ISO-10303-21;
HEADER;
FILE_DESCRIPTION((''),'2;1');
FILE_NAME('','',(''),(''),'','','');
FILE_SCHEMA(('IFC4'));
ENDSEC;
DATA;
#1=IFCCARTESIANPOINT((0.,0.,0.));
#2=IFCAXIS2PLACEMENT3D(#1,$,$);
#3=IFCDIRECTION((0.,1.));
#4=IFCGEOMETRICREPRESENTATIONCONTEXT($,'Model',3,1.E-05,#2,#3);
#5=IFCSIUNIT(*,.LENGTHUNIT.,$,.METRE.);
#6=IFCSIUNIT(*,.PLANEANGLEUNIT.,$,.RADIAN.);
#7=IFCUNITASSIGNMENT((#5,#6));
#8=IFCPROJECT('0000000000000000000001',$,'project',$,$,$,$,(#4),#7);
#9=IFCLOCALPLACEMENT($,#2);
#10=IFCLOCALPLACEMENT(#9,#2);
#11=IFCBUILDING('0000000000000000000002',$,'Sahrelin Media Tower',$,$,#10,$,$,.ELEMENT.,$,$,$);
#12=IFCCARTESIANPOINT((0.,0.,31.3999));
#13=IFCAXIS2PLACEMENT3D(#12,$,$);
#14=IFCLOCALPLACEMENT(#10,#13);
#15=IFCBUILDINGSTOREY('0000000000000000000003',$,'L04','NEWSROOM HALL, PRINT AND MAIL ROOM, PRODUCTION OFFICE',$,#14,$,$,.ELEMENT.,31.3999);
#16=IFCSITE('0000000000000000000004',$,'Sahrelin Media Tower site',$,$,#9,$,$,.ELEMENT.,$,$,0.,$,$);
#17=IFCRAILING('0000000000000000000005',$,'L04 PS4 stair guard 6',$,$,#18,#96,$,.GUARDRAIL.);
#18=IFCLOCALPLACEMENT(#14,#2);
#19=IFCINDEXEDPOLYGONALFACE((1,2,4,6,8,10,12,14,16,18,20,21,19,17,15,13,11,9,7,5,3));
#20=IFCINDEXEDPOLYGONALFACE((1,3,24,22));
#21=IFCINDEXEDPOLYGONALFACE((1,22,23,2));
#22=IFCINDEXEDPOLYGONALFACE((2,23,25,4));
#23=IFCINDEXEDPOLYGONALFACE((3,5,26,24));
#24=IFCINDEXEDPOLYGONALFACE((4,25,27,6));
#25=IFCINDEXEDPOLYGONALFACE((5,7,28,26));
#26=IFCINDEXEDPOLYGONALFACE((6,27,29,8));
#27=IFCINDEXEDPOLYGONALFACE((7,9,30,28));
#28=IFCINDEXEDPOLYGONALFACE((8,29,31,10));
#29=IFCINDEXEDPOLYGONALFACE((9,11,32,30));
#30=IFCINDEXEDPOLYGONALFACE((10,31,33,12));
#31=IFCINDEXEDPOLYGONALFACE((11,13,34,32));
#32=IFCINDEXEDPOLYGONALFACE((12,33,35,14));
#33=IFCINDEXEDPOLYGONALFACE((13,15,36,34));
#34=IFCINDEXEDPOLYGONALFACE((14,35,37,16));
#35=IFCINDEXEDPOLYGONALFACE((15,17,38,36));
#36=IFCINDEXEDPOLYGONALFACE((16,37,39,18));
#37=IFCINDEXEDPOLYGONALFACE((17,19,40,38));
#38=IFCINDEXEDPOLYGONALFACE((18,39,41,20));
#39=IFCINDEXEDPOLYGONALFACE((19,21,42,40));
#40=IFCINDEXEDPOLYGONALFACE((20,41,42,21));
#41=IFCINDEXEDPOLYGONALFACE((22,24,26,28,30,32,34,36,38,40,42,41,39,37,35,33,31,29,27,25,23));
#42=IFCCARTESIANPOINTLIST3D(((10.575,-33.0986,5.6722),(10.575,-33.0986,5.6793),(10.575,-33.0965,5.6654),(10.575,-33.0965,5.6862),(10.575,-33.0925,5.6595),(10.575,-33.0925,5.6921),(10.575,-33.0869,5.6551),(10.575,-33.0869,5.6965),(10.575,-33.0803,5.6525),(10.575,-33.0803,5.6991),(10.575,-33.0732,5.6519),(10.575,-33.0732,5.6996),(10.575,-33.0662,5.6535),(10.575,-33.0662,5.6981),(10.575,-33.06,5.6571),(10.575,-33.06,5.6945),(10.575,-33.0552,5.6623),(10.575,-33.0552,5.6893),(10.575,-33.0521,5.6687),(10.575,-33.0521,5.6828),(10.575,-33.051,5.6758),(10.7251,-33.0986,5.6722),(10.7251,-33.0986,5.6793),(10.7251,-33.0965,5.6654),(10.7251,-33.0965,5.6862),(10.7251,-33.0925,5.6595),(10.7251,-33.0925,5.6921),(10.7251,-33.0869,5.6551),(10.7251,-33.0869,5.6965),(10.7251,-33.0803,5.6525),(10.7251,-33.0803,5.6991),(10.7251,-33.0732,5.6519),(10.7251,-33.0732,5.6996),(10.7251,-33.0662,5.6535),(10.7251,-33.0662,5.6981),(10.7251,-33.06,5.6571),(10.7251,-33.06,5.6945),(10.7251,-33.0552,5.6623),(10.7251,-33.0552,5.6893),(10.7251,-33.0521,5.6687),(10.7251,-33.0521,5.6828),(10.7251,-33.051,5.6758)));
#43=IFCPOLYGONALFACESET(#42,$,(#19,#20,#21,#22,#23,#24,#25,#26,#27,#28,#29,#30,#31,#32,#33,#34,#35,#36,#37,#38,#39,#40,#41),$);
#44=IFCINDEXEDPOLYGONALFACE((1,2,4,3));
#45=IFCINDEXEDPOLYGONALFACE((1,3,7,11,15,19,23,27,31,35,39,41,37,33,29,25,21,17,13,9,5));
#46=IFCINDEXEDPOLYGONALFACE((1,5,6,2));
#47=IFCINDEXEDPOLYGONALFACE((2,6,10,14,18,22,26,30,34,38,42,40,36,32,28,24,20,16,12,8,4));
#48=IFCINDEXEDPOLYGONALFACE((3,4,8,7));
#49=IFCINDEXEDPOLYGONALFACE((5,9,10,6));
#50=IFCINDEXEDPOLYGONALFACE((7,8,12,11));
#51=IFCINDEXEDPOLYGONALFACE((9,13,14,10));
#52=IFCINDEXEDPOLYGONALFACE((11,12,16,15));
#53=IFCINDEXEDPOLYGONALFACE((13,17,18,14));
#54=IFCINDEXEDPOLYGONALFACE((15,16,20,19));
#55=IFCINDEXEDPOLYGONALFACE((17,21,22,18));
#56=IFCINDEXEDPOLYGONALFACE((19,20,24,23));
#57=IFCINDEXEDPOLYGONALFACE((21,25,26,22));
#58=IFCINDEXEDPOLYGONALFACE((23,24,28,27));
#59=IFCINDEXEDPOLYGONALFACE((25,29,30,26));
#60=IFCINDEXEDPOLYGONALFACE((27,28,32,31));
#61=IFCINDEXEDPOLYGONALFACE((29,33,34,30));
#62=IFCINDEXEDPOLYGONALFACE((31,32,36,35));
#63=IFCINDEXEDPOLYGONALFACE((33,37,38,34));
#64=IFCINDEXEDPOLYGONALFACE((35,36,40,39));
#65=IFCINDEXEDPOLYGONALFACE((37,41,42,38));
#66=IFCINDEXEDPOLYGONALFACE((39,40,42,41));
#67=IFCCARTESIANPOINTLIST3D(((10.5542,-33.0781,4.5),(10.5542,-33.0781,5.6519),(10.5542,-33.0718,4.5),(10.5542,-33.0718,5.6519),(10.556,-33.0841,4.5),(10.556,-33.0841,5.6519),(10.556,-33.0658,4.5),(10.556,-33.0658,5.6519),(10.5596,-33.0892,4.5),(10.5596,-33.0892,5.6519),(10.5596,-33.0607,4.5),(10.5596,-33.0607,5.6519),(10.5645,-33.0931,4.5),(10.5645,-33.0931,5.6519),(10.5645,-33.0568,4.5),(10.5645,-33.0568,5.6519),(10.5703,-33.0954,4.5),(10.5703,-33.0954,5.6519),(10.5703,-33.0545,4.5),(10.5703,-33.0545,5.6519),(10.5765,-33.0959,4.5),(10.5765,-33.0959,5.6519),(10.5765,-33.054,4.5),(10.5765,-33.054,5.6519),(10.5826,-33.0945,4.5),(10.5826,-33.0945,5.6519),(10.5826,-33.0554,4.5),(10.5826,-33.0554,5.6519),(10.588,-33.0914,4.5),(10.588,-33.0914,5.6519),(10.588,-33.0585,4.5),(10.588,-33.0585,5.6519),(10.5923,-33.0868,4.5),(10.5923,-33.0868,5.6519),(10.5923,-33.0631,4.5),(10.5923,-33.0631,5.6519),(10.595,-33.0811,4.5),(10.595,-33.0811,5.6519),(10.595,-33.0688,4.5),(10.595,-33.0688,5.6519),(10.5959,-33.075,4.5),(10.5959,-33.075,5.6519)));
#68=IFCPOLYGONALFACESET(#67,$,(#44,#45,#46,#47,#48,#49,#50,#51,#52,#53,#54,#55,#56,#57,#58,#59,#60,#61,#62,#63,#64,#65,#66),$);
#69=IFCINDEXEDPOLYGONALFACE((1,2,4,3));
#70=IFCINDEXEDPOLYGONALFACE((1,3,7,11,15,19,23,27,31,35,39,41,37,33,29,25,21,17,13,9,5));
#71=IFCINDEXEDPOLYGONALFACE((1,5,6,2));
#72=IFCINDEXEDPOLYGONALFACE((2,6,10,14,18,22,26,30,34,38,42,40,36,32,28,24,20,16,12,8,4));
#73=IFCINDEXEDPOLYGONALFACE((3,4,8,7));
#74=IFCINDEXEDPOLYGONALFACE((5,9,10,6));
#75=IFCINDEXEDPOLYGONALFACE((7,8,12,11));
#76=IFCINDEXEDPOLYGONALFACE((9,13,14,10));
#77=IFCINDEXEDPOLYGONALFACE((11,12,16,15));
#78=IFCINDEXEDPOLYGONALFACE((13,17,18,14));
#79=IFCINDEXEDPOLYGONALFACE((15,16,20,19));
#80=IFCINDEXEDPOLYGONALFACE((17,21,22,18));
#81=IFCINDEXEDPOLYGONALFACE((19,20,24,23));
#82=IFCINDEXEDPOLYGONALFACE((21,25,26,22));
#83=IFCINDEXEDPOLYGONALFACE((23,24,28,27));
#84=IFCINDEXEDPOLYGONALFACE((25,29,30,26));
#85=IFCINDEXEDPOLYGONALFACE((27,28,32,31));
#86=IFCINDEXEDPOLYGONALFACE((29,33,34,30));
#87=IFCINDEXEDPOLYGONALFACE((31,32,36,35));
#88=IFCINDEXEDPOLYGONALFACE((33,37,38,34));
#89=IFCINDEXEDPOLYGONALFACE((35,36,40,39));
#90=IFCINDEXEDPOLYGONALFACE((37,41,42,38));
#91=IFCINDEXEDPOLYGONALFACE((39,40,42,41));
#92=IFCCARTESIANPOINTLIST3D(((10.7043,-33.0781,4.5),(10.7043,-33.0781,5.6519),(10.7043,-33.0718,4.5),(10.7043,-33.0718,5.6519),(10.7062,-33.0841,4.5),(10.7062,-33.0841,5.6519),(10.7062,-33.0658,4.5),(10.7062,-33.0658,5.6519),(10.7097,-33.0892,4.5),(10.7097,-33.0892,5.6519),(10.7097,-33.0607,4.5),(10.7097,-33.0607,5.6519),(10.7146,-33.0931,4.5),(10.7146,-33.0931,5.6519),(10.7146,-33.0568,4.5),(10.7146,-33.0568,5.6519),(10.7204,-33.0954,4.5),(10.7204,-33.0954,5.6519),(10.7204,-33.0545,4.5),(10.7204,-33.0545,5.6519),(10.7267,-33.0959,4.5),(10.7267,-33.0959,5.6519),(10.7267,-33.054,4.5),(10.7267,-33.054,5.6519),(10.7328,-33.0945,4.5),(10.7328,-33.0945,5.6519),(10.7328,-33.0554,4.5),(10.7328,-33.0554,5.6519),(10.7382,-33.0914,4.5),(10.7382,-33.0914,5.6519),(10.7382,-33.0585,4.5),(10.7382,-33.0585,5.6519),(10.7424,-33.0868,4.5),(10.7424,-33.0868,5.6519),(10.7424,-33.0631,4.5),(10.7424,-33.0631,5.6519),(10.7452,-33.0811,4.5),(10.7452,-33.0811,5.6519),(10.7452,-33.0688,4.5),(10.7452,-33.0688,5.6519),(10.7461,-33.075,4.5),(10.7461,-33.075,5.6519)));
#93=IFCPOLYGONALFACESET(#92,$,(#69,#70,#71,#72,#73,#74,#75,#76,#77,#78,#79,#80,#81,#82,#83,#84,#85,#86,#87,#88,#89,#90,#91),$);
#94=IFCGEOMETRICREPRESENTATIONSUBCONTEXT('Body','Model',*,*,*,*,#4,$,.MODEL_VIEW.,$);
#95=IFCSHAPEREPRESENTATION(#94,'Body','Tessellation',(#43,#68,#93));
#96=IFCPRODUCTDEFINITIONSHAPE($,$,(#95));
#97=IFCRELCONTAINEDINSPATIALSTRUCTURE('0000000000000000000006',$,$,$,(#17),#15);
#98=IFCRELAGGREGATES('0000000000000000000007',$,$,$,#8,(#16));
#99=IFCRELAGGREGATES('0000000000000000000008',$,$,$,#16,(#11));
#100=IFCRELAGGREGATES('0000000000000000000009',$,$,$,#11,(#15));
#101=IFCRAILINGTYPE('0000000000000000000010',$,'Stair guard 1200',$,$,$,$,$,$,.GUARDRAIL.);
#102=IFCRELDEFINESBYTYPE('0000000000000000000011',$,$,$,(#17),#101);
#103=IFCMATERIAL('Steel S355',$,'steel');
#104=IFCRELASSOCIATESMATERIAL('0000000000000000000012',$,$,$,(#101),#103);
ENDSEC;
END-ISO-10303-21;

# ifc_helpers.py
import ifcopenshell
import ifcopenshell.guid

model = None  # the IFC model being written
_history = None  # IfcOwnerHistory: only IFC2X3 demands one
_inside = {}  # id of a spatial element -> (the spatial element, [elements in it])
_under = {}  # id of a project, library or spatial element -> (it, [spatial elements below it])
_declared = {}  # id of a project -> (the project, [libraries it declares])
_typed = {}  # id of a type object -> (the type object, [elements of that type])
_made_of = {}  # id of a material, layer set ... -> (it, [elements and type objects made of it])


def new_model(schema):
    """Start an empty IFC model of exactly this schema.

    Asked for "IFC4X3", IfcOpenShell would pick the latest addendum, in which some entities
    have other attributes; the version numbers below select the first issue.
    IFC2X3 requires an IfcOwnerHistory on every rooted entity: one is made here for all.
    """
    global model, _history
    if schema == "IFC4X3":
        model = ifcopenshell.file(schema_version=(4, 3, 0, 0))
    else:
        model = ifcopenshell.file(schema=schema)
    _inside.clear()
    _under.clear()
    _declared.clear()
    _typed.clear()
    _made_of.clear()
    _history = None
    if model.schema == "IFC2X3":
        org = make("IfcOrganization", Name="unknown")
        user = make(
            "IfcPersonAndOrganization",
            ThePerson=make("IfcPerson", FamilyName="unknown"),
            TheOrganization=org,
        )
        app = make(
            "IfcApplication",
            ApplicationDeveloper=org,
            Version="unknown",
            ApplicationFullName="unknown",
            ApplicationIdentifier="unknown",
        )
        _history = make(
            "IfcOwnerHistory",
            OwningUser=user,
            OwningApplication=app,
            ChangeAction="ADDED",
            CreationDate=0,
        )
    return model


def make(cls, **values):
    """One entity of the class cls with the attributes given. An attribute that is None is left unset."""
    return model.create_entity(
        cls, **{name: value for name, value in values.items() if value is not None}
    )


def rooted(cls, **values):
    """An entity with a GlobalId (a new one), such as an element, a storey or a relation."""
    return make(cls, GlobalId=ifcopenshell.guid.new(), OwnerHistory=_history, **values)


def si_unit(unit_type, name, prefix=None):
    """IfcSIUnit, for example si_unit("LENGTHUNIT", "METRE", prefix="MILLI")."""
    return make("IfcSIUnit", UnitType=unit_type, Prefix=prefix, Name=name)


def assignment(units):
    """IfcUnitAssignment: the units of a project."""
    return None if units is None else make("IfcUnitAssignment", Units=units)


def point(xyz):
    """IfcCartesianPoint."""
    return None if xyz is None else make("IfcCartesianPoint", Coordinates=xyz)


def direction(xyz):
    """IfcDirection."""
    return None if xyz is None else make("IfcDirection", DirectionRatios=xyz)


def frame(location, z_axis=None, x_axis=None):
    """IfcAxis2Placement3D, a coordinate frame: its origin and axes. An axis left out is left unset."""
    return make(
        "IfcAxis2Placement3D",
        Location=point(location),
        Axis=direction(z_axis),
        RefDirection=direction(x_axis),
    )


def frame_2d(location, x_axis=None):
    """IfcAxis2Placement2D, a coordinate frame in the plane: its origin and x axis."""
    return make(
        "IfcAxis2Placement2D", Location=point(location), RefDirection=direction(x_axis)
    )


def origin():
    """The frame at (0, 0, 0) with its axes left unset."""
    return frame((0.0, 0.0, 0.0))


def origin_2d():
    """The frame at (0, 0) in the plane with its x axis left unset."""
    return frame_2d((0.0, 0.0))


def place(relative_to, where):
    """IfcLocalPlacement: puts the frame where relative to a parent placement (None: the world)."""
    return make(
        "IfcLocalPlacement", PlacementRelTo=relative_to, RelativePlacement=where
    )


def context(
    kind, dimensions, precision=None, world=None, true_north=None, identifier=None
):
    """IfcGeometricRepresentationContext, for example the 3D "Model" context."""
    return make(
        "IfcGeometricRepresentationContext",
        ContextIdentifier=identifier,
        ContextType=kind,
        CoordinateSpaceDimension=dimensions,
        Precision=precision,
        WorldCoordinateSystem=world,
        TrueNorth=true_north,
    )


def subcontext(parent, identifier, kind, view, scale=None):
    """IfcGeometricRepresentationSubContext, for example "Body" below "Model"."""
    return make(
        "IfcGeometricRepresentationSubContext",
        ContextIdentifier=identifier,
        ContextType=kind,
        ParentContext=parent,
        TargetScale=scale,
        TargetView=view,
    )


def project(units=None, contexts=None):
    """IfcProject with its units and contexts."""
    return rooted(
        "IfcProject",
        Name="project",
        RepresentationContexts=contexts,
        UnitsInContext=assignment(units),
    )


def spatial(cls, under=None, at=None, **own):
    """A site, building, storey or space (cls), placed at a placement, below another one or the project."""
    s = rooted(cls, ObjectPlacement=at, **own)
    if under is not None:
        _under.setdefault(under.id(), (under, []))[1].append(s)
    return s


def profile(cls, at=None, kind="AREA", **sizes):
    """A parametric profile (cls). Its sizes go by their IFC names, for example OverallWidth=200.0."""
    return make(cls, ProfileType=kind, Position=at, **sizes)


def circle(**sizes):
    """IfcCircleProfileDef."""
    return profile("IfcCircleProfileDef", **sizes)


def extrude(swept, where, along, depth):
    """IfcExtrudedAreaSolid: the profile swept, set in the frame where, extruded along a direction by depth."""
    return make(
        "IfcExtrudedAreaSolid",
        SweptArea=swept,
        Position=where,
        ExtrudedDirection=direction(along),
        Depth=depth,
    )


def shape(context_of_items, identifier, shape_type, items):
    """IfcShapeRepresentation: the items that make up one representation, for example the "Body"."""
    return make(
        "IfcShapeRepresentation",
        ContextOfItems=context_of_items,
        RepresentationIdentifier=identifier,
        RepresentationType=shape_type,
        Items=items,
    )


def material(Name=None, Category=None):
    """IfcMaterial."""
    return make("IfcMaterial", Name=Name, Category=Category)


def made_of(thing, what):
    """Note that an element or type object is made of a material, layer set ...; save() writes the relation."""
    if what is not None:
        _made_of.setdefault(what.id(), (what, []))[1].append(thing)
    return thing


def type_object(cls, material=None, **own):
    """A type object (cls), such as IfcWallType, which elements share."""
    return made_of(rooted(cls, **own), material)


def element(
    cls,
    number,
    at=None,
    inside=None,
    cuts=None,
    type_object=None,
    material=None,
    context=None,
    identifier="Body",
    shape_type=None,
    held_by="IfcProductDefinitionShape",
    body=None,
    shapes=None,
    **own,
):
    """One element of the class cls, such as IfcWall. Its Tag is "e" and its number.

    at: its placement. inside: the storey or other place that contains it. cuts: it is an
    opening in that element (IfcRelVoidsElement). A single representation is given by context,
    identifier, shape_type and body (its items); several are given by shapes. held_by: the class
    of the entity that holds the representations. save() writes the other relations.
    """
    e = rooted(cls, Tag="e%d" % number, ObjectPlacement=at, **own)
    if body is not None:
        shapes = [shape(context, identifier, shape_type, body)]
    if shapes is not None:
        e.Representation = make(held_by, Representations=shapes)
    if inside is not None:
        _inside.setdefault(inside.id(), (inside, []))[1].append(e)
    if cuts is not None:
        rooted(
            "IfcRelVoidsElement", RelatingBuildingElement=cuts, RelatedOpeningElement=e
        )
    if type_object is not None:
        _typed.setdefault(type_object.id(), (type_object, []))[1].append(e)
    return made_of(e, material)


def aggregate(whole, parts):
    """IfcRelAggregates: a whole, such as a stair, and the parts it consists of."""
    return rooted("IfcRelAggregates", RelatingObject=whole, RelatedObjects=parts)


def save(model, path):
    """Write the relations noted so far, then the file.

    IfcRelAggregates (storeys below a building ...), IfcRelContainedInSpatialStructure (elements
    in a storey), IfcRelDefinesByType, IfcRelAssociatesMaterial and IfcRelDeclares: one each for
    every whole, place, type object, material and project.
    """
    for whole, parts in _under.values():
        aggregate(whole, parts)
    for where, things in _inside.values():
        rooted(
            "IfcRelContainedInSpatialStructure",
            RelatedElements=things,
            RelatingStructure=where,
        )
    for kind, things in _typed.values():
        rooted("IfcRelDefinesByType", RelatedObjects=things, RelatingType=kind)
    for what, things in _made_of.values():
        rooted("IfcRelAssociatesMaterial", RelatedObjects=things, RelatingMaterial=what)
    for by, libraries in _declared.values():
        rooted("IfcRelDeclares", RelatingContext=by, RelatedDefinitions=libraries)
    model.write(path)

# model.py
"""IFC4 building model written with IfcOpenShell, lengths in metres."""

from ifc_helpers import new_model, si_unit, direction, frame, origin, origin_2d, place, context, subcontext, project, spatial, circle, extrude, material, type_object, element, save


model = new_model("IFC4")

# Units and contexts
model_context = context("Model", 3, precision=1e-05, world=origin(), true_north=direction((0.0, 1.0)))
body_context = subcontext(model_context, "Body", "Model", "MODEL_VIEW")
ifc_project = project(units=[si_unit("LENGTHUNIT", "METRE"), si_unit("PLANEANGLEUNIT", "RADIAN")], contexts=[model_context])

# Site, building, storey
site_placement = place(None, origin())
site = spatial("IfcSite", under=ifc_project, at=site_placement, Name="Sahrelin Media Tower site", CompositionType="ELEMENT", RefElevation=0.0)
building_placement = place(site_placement, origin())
building = spatial("IfcBuilding", under=site, at=building_placement, Name="Sahrelin Media Tower", CompositionType="ELEMENT")
storey_placement = place(building_placement, frame((0.0, 0.0, 31.3999)))
storey = spatial("IfcBuildingStorey", under=building, at=storey_placement, Name="L04", Description="NEWSROOM HALL, PRINT AND MAIL ROOM, PRODUCTION OFFICE", CompositionType="ELEMENT", Elevation=31.3999)

# Shared definitions
ifc_material_1 = material(Name="Steel S355", Category="steel")

# Railing
railing_type_1 = type_object("IfcRailingType", Name="Stair guard 1200", PredefinedType="GUARDRAIL", material=ifc_material_1)
railing_1_placement = place(storey_placement, frame((10.575, -33.075, 4.5)))
element("IfcRailing", 1, at=railing_1_placement, inside=storey, type_object=railing_type_1, Name="L04 PS4 stair guard 6", PredefinedType="GUARDRAIL", context=body_context, shape_type="SweptSolid", body=[
    extrude(circle(Radius=0.0239, at=origin_2d()), frame((0.0, 0.0, 1.1758), z_axis=(1.0, 0.0, 0.0), x_axis=(0.0, 1.0, 0.0)), (0.0, 0.0, 1.0), 0.1501),
    extrude(circle(Radius=0.021, at=origin_2d()), origin(), (0.0, 0.0, 1.0), 1.1519),
    extrude(circle(Radius=0.021, at=origin_2d()), frame((0.1501, 0.0, 0.0)), (0.0, 0.0, 1.0), 1.1519),
])

save(model, "model.ifc")
